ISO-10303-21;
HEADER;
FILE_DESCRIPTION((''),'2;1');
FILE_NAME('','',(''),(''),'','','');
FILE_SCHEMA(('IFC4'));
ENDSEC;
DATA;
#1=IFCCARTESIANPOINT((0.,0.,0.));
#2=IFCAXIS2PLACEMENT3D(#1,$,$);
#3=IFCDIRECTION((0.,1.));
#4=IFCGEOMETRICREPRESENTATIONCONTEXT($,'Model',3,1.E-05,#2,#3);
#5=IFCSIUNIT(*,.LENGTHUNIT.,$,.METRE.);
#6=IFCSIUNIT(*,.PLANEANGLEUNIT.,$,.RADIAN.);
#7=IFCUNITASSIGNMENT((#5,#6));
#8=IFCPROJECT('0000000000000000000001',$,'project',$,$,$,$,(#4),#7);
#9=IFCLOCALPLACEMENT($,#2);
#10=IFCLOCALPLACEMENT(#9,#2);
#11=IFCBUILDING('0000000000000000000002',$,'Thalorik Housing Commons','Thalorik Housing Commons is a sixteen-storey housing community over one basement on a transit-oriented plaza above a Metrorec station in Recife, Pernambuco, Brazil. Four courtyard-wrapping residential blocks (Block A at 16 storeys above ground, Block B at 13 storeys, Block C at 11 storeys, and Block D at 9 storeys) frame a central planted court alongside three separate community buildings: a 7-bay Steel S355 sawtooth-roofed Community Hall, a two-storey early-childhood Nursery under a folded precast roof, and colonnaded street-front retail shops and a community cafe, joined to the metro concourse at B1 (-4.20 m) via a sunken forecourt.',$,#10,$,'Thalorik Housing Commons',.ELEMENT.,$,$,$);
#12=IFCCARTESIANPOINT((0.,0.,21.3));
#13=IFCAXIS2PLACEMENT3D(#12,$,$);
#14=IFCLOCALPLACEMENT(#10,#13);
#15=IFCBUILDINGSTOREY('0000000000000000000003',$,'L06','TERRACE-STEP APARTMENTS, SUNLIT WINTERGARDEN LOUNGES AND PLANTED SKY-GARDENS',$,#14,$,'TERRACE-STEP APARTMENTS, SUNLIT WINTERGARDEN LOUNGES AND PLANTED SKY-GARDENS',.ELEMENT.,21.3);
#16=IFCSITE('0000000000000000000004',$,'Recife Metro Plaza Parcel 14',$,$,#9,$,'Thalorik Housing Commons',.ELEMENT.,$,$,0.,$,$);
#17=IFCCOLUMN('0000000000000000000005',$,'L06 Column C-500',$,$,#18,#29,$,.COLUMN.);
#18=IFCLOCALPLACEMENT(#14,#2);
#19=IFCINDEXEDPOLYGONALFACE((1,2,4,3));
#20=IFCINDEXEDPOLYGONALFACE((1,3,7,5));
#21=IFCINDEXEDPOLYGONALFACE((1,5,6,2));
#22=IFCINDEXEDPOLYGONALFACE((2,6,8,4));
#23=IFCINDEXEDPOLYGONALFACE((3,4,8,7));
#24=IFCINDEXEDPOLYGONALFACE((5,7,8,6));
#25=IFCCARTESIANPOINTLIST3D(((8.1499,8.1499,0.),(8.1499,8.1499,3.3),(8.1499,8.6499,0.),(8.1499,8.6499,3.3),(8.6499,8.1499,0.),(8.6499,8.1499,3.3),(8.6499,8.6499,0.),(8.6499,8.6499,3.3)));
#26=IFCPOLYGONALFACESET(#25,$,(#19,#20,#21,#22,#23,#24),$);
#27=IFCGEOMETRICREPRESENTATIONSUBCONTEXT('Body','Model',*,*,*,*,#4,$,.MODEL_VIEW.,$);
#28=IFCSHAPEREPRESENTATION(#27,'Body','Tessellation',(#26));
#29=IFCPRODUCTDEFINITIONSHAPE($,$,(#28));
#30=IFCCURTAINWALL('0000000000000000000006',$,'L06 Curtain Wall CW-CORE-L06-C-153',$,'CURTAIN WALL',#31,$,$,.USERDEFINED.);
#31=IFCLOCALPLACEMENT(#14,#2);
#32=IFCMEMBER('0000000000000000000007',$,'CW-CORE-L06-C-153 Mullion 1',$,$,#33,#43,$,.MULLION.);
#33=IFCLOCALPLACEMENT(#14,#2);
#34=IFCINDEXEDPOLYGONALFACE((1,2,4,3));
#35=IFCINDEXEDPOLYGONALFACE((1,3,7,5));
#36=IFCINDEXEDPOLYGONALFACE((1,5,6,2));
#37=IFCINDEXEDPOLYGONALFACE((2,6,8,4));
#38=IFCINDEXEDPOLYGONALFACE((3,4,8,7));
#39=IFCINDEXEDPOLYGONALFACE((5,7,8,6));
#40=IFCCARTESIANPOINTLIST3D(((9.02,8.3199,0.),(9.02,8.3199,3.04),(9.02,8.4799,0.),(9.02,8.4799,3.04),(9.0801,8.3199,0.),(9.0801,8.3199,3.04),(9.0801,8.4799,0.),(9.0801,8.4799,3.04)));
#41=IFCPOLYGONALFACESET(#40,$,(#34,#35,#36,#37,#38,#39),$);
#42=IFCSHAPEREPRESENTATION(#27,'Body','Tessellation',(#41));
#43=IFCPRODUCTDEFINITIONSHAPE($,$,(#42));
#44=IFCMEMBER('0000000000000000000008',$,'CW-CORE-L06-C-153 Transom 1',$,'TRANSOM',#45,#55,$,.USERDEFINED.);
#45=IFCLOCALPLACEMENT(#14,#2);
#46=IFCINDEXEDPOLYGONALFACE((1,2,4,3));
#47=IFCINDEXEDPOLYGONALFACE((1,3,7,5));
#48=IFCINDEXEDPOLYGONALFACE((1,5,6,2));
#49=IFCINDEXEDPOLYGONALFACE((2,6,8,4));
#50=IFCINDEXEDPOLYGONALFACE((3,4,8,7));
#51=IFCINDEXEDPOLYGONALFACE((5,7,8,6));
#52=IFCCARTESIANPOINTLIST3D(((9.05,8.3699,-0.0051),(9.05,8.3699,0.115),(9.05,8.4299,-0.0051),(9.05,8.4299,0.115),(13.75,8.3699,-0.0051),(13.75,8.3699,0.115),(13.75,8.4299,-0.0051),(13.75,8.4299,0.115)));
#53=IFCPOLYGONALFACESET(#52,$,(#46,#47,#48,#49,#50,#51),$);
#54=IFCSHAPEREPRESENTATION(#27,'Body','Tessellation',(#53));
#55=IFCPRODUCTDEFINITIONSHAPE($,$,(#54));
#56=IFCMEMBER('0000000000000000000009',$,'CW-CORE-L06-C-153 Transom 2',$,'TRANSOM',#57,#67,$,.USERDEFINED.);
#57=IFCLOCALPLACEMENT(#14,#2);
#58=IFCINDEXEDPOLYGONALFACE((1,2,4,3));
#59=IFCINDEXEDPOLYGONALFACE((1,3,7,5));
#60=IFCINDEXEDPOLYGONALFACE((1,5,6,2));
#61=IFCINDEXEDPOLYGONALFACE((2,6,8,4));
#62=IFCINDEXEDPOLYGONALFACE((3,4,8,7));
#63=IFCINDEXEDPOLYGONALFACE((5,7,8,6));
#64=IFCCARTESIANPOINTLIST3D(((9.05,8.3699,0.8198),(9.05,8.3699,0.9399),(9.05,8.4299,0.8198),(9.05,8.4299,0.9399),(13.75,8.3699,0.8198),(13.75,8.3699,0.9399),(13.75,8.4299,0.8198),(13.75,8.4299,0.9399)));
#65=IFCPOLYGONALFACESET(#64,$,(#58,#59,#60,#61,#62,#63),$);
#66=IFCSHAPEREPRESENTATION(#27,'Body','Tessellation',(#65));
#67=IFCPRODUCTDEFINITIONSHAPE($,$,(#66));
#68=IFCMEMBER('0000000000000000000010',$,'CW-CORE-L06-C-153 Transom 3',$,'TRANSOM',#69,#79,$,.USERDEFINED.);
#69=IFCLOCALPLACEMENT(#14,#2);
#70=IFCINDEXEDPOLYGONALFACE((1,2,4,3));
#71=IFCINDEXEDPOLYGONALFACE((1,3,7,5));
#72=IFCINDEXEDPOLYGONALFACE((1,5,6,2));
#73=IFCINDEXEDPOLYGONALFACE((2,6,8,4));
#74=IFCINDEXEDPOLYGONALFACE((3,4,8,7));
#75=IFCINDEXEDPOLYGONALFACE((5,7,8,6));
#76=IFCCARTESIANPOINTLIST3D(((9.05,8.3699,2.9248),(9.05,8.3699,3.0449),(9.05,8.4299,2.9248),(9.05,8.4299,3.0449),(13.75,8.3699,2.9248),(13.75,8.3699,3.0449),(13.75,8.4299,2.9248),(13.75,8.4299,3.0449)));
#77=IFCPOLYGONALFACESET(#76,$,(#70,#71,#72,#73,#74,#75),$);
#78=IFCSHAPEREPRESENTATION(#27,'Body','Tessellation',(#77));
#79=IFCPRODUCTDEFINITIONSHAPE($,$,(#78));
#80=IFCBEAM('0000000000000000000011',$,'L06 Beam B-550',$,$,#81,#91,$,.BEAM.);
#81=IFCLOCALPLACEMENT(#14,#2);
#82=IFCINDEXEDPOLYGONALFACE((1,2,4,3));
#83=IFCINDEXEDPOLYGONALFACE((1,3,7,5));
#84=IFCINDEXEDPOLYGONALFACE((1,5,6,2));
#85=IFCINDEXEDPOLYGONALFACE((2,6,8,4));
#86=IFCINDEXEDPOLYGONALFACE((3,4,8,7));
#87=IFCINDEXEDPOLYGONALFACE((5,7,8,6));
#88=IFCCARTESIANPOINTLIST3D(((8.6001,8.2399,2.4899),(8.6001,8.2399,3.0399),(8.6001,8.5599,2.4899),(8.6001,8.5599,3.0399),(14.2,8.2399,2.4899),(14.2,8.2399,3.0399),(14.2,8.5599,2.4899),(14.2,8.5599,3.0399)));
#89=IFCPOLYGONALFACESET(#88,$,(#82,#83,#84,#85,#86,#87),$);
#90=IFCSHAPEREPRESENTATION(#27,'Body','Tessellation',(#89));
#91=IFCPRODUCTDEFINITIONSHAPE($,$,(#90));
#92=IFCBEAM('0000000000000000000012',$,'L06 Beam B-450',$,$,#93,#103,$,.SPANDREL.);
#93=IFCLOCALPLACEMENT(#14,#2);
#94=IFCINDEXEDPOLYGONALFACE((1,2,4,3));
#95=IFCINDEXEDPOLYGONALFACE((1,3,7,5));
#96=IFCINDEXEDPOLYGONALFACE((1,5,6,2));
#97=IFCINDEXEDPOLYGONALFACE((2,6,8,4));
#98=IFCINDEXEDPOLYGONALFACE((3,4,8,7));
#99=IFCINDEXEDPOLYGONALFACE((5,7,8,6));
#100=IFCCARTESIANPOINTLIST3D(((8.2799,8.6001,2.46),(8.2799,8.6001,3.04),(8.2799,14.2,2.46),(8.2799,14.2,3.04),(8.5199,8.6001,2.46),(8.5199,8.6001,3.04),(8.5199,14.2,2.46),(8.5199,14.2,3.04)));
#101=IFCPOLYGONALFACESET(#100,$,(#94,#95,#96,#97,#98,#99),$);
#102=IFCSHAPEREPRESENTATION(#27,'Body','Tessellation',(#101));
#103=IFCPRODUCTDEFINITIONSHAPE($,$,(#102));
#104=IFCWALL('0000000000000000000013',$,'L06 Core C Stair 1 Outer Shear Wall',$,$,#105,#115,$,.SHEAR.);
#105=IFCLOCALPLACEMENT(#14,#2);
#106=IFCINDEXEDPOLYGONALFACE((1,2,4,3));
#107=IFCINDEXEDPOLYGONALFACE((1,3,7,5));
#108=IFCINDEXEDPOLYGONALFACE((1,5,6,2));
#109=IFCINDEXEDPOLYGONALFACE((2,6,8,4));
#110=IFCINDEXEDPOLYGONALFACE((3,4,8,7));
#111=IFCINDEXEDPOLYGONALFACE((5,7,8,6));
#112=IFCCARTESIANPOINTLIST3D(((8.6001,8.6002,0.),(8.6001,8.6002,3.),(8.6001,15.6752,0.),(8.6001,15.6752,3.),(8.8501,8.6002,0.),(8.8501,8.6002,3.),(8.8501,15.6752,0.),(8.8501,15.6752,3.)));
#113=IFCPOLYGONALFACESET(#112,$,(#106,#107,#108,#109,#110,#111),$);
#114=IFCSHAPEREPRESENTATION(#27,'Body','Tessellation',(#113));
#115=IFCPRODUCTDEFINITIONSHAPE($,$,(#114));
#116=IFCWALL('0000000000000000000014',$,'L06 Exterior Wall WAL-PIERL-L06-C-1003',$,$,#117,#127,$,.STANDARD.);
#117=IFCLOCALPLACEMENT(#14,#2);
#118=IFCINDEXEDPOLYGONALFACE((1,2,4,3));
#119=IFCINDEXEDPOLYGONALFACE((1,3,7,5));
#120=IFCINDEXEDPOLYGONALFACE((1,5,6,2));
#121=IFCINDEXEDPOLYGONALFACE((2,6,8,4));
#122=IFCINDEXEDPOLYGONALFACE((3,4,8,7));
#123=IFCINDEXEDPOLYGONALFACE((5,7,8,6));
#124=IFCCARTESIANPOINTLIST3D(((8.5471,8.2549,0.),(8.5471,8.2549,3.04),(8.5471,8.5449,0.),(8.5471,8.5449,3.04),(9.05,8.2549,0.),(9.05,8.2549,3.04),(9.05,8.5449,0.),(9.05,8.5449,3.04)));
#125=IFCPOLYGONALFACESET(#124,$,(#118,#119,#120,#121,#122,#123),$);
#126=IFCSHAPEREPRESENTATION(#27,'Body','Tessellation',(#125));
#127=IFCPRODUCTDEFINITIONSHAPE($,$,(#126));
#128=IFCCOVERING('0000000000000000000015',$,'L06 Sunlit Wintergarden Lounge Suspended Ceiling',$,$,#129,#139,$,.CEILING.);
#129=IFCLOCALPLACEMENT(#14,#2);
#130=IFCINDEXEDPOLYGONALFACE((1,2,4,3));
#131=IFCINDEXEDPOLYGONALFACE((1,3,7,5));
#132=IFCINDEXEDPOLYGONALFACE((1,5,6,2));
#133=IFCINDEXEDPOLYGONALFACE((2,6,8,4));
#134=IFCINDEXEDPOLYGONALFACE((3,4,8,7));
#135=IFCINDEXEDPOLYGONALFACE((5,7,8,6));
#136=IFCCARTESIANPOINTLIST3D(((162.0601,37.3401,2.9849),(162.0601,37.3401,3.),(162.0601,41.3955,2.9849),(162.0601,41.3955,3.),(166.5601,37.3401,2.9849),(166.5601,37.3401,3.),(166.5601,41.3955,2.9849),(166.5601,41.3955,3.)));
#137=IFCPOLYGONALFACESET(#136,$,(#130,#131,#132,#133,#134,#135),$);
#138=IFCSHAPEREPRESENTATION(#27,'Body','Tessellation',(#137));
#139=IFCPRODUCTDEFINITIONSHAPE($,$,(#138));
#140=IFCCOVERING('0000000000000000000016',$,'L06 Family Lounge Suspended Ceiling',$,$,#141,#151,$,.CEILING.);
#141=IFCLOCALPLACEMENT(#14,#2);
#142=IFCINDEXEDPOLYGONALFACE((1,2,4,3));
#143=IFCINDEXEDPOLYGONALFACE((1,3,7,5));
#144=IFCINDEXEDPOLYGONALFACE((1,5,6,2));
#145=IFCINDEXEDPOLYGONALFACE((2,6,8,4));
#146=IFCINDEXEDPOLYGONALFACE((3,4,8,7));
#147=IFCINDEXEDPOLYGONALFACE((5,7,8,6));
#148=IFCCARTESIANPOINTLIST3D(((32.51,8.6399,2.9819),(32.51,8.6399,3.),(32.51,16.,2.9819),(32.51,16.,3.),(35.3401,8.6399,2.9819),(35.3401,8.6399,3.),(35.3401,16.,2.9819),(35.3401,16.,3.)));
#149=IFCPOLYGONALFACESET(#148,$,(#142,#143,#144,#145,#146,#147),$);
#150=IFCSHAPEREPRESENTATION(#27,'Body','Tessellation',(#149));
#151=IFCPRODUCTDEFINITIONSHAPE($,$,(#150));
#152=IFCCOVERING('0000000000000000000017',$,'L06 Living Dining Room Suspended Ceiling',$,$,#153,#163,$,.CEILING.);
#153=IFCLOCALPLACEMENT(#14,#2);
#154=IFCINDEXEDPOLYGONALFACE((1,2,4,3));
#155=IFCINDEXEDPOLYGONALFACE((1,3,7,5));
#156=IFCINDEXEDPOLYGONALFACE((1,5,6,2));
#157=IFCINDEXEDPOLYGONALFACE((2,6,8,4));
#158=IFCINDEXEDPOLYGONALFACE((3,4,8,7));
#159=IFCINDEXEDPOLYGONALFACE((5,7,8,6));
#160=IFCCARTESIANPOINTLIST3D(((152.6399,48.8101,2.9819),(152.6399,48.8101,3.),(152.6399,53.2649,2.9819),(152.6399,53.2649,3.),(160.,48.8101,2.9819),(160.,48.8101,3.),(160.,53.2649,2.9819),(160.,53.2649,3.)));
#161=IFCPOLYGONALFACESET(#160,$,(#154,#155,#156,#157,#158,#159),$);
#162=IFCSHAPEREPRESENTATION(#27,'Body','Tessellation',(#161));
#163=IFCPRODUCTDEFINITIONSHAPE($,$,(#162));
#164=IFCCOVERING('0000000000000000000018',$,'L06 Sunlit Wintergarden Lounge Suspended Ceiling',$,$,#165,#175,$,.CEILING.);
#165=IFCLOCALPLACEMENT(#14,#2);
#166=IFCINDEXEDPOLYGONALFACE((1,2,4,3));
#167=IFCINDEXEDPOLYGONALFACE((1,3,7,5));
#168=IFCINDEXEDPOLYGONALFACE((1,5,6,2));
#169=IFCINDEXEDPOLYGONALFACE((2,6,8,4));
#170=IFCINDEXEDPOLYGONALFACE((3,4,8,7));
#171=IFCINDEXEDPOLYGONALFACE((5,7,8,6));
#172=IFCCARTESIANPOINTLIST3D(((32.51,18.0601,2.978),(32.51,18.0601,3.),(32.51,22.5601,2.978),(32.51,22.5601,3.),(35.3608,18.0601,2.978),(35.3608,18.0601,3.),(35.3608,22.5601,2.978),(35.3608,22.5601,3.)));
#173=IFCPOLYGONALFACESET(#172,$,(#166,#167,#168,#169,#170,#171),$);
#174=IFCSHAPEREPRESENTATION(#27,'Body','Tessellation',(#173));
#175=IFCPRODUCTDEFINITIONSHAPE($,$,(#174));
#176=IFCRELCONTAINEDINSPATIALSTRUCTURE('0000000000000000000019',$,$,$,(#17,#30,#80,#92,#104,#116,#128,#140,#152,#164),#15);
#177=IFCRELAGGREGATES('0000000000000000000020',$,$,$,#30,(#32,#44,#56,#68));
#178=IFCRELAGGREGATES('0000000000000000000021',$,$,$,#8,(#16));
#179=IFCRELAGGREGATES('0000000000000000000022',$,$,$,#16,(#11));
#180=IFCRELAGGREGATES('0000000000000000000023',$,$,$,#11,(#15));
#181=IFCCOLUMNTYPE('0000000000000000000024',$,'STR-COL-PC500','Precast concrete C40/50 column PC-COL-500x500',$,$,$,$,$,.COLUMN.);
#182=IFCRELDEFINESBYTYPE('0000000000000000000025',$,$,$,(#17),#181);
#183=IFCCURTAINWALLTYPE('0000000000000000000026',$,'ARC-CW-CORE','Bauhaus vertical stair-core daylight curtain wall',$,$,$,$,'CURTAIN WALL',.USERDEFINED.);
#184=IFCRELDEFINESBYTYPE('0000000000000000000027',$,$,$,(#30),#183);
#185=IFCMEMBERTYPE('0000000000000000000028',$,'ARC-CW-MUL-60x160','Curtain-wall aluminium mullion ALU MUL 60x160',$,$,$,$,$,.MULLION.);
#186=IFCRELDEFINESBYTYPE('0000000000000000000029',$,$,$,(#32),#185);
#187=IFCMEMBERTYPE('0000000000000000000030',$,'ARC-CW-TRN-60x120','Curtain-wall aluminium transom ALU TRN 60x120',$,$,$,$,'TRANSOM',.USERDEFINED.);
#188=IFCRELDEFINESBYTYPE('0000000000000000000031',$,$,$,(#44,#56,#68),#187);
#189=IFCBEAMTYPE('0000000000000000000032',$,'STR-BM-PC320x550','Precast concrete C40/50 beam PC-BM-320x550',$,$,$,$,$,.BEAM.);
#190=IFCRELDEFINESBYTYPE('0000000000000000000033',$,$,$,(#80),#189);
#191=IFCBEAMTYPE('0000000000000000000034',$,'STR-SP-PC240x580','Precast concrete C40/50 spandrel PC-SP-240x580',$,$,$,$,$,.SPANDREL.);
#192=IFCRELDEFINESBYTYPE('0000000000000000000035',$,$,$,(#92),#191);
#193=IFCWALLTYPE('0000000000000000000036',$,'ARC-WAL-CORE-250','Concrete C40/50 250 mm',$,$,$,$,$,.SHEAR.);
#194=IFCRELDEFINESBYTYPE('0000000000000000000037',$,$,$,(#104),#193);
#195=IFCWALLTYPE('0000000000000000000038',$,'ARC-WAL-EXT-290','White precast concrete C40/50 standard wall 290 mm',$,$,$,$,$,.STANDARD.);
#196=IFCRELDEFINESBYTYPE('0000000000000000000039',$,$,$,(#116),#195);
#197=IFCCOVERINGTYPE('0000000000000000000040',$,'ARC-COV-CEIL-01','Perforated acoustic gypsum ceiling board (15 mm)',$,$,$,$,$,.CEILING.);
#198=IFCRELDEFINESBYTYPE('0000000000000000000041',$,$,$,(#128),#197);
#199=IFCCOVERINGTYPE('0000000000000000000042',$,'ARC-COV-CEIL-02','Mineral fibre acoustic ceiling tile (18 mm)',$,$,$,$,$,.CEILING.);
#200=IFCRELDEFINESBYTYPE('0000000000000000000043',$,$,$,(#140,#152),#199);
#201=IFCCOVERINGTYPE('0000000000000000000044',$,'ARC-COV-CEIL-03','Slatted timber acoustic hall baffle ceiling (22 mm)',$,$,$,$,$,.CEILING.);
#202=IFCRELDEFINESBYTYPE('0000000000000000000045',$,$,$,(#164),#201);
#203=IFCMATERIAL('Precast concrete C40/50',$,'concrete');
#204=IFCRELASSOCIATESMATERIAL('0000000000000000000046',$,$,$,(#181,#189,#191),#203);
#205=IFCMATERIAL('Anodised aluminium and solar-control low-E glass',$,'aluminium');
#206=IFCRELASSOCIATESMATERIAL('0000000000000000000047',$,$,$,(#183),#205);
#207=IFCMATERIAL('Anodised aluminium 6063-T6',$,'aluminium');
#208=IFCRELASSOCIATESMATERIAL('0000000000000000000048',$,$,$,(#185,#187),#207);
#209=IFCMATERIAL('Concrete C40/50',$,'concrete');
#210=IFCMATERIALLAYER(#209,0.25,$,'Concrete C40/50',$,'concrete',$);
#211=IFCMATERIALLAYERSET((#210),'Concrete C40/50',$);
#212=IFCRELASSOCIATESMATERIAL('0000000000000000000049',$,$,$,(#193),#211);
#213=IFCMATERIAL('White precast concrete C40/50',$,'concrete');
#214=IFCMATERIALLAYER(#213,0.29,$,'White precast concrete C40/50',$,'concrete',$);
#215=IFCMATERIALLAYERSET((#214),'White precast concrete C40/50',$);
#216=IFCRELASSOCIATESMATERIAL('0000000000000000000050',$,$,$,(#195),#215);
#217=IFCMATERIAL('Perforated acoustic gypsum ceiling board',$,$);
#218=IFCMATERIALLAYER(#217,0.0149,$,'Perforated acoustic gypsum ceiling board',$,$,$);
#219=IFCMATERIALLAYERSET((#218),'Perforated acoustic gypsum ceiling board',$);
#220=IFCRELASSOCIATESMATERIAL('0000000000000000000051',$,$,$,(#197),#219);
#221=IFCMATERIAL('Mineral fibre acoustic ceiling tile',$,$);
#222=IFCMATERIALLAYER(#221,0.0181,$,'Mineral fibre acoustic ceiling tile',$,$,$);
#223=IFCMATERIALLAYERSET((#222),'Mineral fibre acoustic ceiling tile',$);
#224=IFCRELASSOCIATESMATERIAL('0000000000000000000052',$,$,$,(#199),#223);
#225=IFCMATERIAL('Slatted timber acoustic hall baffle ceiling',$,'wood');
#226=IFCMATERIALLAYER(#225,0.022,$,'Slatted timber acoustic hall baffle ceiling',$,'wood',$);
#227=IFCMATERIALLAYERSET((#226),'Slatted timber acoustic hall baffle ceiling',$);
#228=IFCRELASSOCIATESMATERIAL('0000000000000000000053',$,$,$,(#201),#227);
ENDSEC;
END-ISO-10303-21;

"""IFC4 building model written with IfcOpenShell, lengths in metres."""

from ifc_helpers import new_model, si_unit, direction, frame, frame_2d, origin, origin_2d, place, context, subcontext, project, spatial, polyline, rectangle, outline, extrude, material, layer, layer_set, material_profile, profile_set, type_object, element, aggregate, save


model = new_model("IFC4")

# Units and contexts
model_context = context("Model", 3, precision=1e-05, world=origin(), true_north=direction((0.0, 1.0)))
body_context = subcontext(model_context, "Body", "Model", "MODEL_VIEW")
ifc_project = project(units=[si_unit("LENGTHUNIT", "METRE"), si_unit("PLANEANGLEUNIT", "RADIAN")], contexts=[model_context])

# Site, building, storey
site_placement = place(None, origin())
site = spatial("IfcSite", under=ifc_project, at=site_placement, Name="Recife Metro Plaza Parcel 14", LongName="Thalorik Housing Commons", CompositionType="ELEMENT", RefElevation=0.0)
building_placement = place(site_placement, origin())
building = spatial("IfcBuilding", under=site, at=building_placement, Name="Thalorik Housing Commons", Description="Thalorik Housing Commons is a sixteen-storey housing community over one basement on a transit-oriented plaza above a Metrorec station in Recife, Pernambuco, Brazil. Four courtyard-wrapping residential blocks (Block A at 16 storeys above ground, Block B at 13 storeys, Block C at 11 storeys, and Block D at 9 storeys) frame a central planted court alongside three separate community buildings: a 7-bay Steel S355 sawtooth-roofed Community Hall, a two-storey early-childhood Nursery under a folded precast roof, and colonnaded street-front retail shops and a community cafe, joined to the metro concourse at B1 (-4.20 m) via a sunken forecourt.", LongName="Thalorik Housing Commons", CompositionType="ELEMENT")
storey_placement = place(building_placement, frame((0.0, 0.0, 21.3)))
storey = spatial("IfcBuildingStorey", under=building, at=storey_placement, Name="L06", Description="TERRACE-STEP APARTMENTS, SUNLIT WINTERGARDEN LOUNGES AND PLANTED SKY-GARDENS", LongName="TERRACE-STEP APARTMENTS, SUNLIT WINTERGARDEN LOUNGES AND PLANTED SKY-GARDENS", CompositionType="ELEMENT", Elevation=21.3)

# Column
ifc_material_1 = material(Name="Precast concrete C40/50", Category="concrete")
ifc_material_profile_1 = material_profile(ifc_material_1, rectangle(XDim=0.5, YDim=0.5, at=origin_2d()), Name="PC 500x500", Category="concrete")
ifc_profile_set_1 = profile_set([ifc_material_profile_1], Name="Precast concrete C40/50")
column_type = type_object("IfcColumnType", Name="STR-COL-PC500", Description="Precast concrete C40/50 column PC-COL-500x500", PredefinedType="COLUMN", material=ifc_profile_set_1)
column_placement = place(storey_placement, frame((8.3999, 8.3999, 0.0), z_axis=(0.0, 0.0, 1.0), x_axis=(1.0, 0.0, 0.0)))
element("IfcColumn", 1, at=column_placement, inside=storey, type_object=column_type, Name="L06 Column C-500", PredefinedType="COLUMN", context=body_context, shape_type="SweptSolid", body=[
    extrude(rectangle(XDim=0.5, YDim=0.5, at=origin_2d()), origin(), (0.0, 0.0, 1.0), 3.3),
])

# Curtain wall, members
ifc_material_2 = material(Name="Anodised aluminium and solar-control low-E glass", Category="aluminium")
curtain_wall_type = type_object("IfcCurtainWallType", Name="ARC-CW-CORE", Description="Bauhaus vertical stair-core daylight curtain wall", ElementType="CURTAIN WALL", PredefinedType="USERDEFINED", material=ifc_material_2)
curtain_wall_placement = place(storey_placement, origin())
curtain_wall = element("IfcCurtainWall", 2, at=curtain_wall_placement, inside=storey, type_object=curtain_wall_type, Name="L06 Curtain Wall CW-CORE-L06-C-153", ObjectType="CURTAIN WALL", PredefinedType="USERDEFINED")
ifc_material_3 = material(Name="Anodised aluminium 6063-T6", Category="aluminium")
ifc_material_profile_2 = material_profile(ifc_material_3, rectangle(XDim=0.0601, YDim=0.1599, at=origin_2d()), Name="ALU MUL 60x160", Category="aluminium")
ifc_profile_set_2 = profile_set([ifc_material_profile_2], Name="Anodised aluminium 6063-T6")
member_type_1 = type_object("IfcMemberType", Name="ARC-CW-MUL-60x160", Description="Curtain-wall aluminium mullion ALU MUL 60x160", PredefinedType="MULLION", material=ifc_profile_set_2)
member_1_placement = place(storey_placement, frame((9.05, 8.3999, 0.0), z_axis=(0.0, 0.0, 1.0), x_axis=(1.0, 0.0, 0.0)))
member_1 = element("IfcMember", 3, at=member_1_placement, type_object=member_type_1, Name="CW-CORE-L06-C-153 Mullion 1", PredefinedType="MULLION", context=body_context, shape_type="SweptSolid", body=[
    extrude(rectangle(XDim=0.0601, YDim=0.1599, at=origin_2d()), origin(), (0.0, 0.0, 1.0), 3.04),
])
ifc_material_profile_3 = material_profile(ifc_material_3, rectangle(XDim=0.0601, YDim=0.1201, at=origin_2d()), Name="ALU TRN 60x120", Category="aluminium")
ifc_profile_set_3 = profile_set([ifc_material_profile_3], Name="Anodised aluminium 6063-T6")
member_type_2 = type_object("IfcMemberType", Name="ARC-CW-TRN-60x120", Description="Curtain-wall aluminium transom ALU TRN 60x120", ElementType="TRANSOM", PredefinedType="USERDEFINED", material=ifc_profile_set_3)
member_2_placement = place(storey_placement, frame((9.05, 8.3999, 0.0549), z_axis=(1.0, 0.0, 0.0), x_axis=(0.0, 1.0, 0.0)))
member_2 = element("IfcMember", 4, at=member_2_placement, type_object=member_type_2, Name="CW-CORE-L06-C-153 Transom 1", ObjectType="TRANSOM", PredefinedType="USERDEFINED", context=body_context, shape_type="SweptSolid", body=[
    extrude(rectangle(XDim=0.0601, YDim=0.1201, at=origin_2d()), origin(), (0.0, 0.0, 1.0), 4.7),
])
member_3_placement = place(storey_placement, frame((9.05, 8.3999, 0.8799), z_axis=(1.0, 0.0, 0.0), x_axis=(0.0, 1.0, 0.0)))
member_3 = element("IfcMember", 5, at=member_3_placement, type_object=member_type_2, Name="CW-CORE-L06-C-153 Transom 2", ObjectType="TRANSOM", PredefinedType="USERDEFINED", context=body_context, shape_type="SweptSolid", body=[
    extrude(rectangle(XDim=0.0601, YDim=0.1201, at=origin_2d()), origin(), (0.0, 0.0, 1.0), 4.7),
])
member_4_placement = place(storey_placement, frame((9.05, 8.3999, 2.9849), z_axis=(1.0, 0.0, 0.0), x_axis=(0.0, 1.0, 0.0)))
member_4 = element("IfcMember", 6, at=member_4_placement, type_object=member_type_2, Name="CW-CORE-L06-C-153 Transom 3", ObjectType="TRANSOM", PredefinedType="USERDEFINED", context=body_context, shape_type="SweptSolid", body=[
    extrude(rectangle(XDim=0.0601, YDim=0.1201, at=origin_2d()), origin(), (0.0, 0.0, 1.0), 4.7),
])
aggregate(curtain_wall, [member_1, member_2, member_3, member_4])

# Beams
ifc_material_profile_4 = material_profile(ifc_material_1, rectangle(XDim=0.3201, YDim=0.55, at=origin_2d()), Name="PC 320x550", Category="concrete")
ifc_profile_set_4 = profile_set([ifc_material_profile_4], Name="Precast concrete C40/50")
beam_type_1 = type_object("IfcBeamType", Name="STR-BM-PC320x550", Description="Precast concrete C40/50 beam PC-BM-320x550", PredefinedType="BEAM", material=ifc_profile_set_4)
beam_1_placement = place(storey_placement, frame((8.6001, 8.3999, 2.7649), z_axis=(1.0, 0.0, 0.0), x_axis=(0.0, 1.0, 0.0)))
element("IfcBeam", 7, at=beam_1_placement, inside=storey, type_object=beam_type_1, Name="L06 Beam B-550", PredefinedType="BEAM", context=body_context, shape_type="SweptSolid", body=[
    extrude(rectangle(XDim=0.3201, YDim=0.55, at=origin_2d()), origin(), (0.0, 0.0, 1.0), 5.5999),
])
ifc_material_profile_5 = material_profile(ifc_material_1, rectangle(XDim=0.24, YDim=0.5801, at=origin_2d()), Name="PC SP 240x580", Category="concrete")
ifc_profile_set_5 = profile_set([ifc_material_profile_5], Name="Precast concrete C40/50")
beam_type_2 = type_object("IfcBeamType", Name="STR-SP-PC240x580", Description="Precast concrete C40/50 spandrel PC-SP-240x580", PredefinedType="SPANDREL", material=ifc_profile_set_5)
beam_2_placement = place(storey_placement, frame((8.3999, 8.6001, 2.75), z_axis=(0.0, 1.0, 0.0), x_axis=(-1.0, 0.0, 0.0)))
element("IfcBeam", 8, at=beam_2_placement, inside=storey, type_object=beam_type_2, Name="L06 Beam B-450", PredefinedType="SPANDREL", context=body_context, shape_type="SweptSolid", body=[
    extrude(rectangle(XDim=0.24, YDim=0.5801, at=origin_2d()), origin(), (0.0, 0.0, 1.0), 5.5999),
])

# Walls
ifc_material_4 = material(Name="Concrete C40/50", Category="concrete")
ifc_layer_1 = layer(ifc_material_4, 0.25, Name="Concrete C40/50", Category="concrete")
ifc_layer_set_1 = layer_set([ifc_layer_1], Name="Concrete C40/50")
wall_type_1 = type_object("IfcWallType", Name="ARC-WAL-CORE-250", Description="Concrete C40/50 250 mm", PredefinedType="SHEAR", material=ifc_layer_set_1)
wall_1_placement = place(storey_placement, frame((8.7251, 8.6001, 0.0), z_axis=(0.0, 0.0, 1.0), x_axis=(0.0, 1.0, 0.0)))
element("IfcWall", 9, at=wall_1_placement, inside=storey, type_object=wall_type_1, Name="L06 Core C Stair 1 Outer Shear Wall", PredefinedType="SHEAR", context=body_context, shape_type="SweptSolid", body=[
    extrude(rectangle(XDim=7.075, YDim=0.25, at=frame_2d((3.5376, 0.0))), origin(), (0.0, 0.0, 1.0), 3.0),
])
ifc_material_5 = material(Name="White precast concrete C40/50", Category="concrete")
ifc_layer_2 = layer(ifc_material_5, 0.29, Name="White precast concrete C40/50", Category="concrete")
ifc_layer_set_2 = layer_set([ifc_layer_2], Name="White precast concrete C40/50")
wall_type_2 = type_object("IfcWallType", Name="ARC-WAL-EXT-290", Description="White precast concrete C40/50 standard wall 290 mm", PredefinedType="STANDARD", material=ifc_layer_set_2)
wall_2_placement = place(storey_placement, frame((8.5471, 8.3999, 0.0), z_axis=(0.0, 0.0, 1.0), x_axis=(1.0, 0.0, 0.0)))
element("IfcWall", 10, at=wall_2_placement, inside=storey, type_object=wall_type_2, Name="L06 Exterior Wall WAL-PIERL-L06-C-1003", PredefinedType="STANDARD", context=body_context, shape_type="SweptSolid", body=[
    extrude(rectangle(XDim=0.5029, YDim=0.29, at=frame_2d((0.2515, 0.0))), origin(), (0.0, 0.0, 1.0), 3.04),
])

# Coverings
ifc_material_6 = material(Name="Perforated acoustic gypsum ceiling board")
ifc_layer_3 = layer(ifc_material_6, 0.0149, Name="Perforated acoustic gypsum ceiling board")
ifc_layer_set_3 = layer_set([ifc_layer_3], Name="Perforated acoustic gypsum ceiling board")
covering_type_1 = type_object("IfcCoveringType", Name="ARC-COV-CEIL-01", Description="Perforated acoustic gypsum ceiling board (15 mm)", PredefinedType="CEILING", material=ifc_layer_set_3)
covering_1_placement = place(storey_placement, frame((0.0, 0.0, 2.9849)))
element("IfcCovering", 11, at=covering_1_placement, inside=storey, type_object=covering_type_1, Name="L06 Sunlit Wintergarden Lounge Suspended Ceiling", PredefinedType="CEILING", context=body_context, shape_type="SweptSolid", body=[
    extrude(outline(polyline([(166.5601, 41.3955), (162.0601, 41.3955), (162.0601, 37.3401), (166.5601, 37.3401), (166.5601, 41.3955)])), origin(), (0.0, 0.0, 1.0), 0.0151),
])
ifc_material_7 = material(Name="Mineral fibre acoustic ceiling tile")
ifc_layer_4 = layer(ifc_material_7, 0.0181, Name="Mineral fibre acoustic ceiling tile")
ifc_layer_set_4 = layer_set([ifc_layer_4], Name="Mineral fibre acoustic ceiling tile")
covering_type_2 = type_object("IfcCoveringType", Name="ARC-COV-CEIL-02", Description="Mineral fibre acoustic ceiling tile (18 mm)", PredefinedType="CEILING", material=ifc_layer_set_4)
covering_2_placement = place(storey_placement, frame((0.0, 0.0, 2.9819)))
element("IfcCovering", 12, at=covering_2_placement, inside=storey, type_object=covering_type_2, Name="L06 Family Lounge Suspended Ceiling", PredefinedType="CEILING", context=body_context, shape_type="SweptSolid", body=[
    extrude(outline(polyline([(35.3401, 8.6399), (35.3401, 16.0), (32.51, 16.0), (32.51, 8.6399), (35.3401, 8.6399)])), origin(), (0.0, 0.0, 1.0), 0.0181),
])
covering_3_placement = place(storey_placement, frame((0.0, 0.0, 2.9819)))
element("IfcCovering", 13, at=covering_3_placement, inside=storey, type_object=covering_type_2, Name="L06 Living Dining Room Suspended Ceiling", PredefinedType="CEILING", context=body_context, shape_type="SweptSolid", body=[
    extrude(outline(polyline([(160.0, 53.2649), (152.6399, 53.2649), (152.6399, 48.8101), (160.0, 48.8101), (160.0, 53.2649)])), origin(), (0.0, 0.0, 1.0), 0.0181),
])
ifc_material_8 = material(Name="Slatted timber acoustic hall baffle ceiling", Category="wood")
ifc_layer_5 = layer(ifc_material_8, 0.022, Name="Slatted timber acoustic hall baffle ceiling", Category="wood")
ifc_layer_set_5 = layer_set([ifc_layer_5], Name="Slatted timber acoustic hall baffle ceiling")
covering_type_3 = type_object("IfcCoveringType", Name="ARC-COV-CEIL-03", Description="Slatted timber acoustic hall baffle ceiling (22 mm)", PredefinedType="CEILING", material=ifc_layer_set_5)
covering_4_placement = place(storey_placement, frame((0.0, 0.0, 2.978)))
element("IfcCovering", 14, at=covering_4_placement, inside=storey, type_object=covering_type_3, Name="L06 Sunlit Wintergarden Lounge Suspended Ceiling", PredefinedType="CEILING", context=body_context, shape_type="SweptSolid", body=[
    extrude(outline(polyline([(35.3608, 18.0601), (35.3608, 22.5601), (32.51, 22.5601), (32.51, 18.0601), (35.3608, 18.0601)])), origin(), (0.0, 0.0, 1.0), 0.022),
])

save(model, "model.ifc")
